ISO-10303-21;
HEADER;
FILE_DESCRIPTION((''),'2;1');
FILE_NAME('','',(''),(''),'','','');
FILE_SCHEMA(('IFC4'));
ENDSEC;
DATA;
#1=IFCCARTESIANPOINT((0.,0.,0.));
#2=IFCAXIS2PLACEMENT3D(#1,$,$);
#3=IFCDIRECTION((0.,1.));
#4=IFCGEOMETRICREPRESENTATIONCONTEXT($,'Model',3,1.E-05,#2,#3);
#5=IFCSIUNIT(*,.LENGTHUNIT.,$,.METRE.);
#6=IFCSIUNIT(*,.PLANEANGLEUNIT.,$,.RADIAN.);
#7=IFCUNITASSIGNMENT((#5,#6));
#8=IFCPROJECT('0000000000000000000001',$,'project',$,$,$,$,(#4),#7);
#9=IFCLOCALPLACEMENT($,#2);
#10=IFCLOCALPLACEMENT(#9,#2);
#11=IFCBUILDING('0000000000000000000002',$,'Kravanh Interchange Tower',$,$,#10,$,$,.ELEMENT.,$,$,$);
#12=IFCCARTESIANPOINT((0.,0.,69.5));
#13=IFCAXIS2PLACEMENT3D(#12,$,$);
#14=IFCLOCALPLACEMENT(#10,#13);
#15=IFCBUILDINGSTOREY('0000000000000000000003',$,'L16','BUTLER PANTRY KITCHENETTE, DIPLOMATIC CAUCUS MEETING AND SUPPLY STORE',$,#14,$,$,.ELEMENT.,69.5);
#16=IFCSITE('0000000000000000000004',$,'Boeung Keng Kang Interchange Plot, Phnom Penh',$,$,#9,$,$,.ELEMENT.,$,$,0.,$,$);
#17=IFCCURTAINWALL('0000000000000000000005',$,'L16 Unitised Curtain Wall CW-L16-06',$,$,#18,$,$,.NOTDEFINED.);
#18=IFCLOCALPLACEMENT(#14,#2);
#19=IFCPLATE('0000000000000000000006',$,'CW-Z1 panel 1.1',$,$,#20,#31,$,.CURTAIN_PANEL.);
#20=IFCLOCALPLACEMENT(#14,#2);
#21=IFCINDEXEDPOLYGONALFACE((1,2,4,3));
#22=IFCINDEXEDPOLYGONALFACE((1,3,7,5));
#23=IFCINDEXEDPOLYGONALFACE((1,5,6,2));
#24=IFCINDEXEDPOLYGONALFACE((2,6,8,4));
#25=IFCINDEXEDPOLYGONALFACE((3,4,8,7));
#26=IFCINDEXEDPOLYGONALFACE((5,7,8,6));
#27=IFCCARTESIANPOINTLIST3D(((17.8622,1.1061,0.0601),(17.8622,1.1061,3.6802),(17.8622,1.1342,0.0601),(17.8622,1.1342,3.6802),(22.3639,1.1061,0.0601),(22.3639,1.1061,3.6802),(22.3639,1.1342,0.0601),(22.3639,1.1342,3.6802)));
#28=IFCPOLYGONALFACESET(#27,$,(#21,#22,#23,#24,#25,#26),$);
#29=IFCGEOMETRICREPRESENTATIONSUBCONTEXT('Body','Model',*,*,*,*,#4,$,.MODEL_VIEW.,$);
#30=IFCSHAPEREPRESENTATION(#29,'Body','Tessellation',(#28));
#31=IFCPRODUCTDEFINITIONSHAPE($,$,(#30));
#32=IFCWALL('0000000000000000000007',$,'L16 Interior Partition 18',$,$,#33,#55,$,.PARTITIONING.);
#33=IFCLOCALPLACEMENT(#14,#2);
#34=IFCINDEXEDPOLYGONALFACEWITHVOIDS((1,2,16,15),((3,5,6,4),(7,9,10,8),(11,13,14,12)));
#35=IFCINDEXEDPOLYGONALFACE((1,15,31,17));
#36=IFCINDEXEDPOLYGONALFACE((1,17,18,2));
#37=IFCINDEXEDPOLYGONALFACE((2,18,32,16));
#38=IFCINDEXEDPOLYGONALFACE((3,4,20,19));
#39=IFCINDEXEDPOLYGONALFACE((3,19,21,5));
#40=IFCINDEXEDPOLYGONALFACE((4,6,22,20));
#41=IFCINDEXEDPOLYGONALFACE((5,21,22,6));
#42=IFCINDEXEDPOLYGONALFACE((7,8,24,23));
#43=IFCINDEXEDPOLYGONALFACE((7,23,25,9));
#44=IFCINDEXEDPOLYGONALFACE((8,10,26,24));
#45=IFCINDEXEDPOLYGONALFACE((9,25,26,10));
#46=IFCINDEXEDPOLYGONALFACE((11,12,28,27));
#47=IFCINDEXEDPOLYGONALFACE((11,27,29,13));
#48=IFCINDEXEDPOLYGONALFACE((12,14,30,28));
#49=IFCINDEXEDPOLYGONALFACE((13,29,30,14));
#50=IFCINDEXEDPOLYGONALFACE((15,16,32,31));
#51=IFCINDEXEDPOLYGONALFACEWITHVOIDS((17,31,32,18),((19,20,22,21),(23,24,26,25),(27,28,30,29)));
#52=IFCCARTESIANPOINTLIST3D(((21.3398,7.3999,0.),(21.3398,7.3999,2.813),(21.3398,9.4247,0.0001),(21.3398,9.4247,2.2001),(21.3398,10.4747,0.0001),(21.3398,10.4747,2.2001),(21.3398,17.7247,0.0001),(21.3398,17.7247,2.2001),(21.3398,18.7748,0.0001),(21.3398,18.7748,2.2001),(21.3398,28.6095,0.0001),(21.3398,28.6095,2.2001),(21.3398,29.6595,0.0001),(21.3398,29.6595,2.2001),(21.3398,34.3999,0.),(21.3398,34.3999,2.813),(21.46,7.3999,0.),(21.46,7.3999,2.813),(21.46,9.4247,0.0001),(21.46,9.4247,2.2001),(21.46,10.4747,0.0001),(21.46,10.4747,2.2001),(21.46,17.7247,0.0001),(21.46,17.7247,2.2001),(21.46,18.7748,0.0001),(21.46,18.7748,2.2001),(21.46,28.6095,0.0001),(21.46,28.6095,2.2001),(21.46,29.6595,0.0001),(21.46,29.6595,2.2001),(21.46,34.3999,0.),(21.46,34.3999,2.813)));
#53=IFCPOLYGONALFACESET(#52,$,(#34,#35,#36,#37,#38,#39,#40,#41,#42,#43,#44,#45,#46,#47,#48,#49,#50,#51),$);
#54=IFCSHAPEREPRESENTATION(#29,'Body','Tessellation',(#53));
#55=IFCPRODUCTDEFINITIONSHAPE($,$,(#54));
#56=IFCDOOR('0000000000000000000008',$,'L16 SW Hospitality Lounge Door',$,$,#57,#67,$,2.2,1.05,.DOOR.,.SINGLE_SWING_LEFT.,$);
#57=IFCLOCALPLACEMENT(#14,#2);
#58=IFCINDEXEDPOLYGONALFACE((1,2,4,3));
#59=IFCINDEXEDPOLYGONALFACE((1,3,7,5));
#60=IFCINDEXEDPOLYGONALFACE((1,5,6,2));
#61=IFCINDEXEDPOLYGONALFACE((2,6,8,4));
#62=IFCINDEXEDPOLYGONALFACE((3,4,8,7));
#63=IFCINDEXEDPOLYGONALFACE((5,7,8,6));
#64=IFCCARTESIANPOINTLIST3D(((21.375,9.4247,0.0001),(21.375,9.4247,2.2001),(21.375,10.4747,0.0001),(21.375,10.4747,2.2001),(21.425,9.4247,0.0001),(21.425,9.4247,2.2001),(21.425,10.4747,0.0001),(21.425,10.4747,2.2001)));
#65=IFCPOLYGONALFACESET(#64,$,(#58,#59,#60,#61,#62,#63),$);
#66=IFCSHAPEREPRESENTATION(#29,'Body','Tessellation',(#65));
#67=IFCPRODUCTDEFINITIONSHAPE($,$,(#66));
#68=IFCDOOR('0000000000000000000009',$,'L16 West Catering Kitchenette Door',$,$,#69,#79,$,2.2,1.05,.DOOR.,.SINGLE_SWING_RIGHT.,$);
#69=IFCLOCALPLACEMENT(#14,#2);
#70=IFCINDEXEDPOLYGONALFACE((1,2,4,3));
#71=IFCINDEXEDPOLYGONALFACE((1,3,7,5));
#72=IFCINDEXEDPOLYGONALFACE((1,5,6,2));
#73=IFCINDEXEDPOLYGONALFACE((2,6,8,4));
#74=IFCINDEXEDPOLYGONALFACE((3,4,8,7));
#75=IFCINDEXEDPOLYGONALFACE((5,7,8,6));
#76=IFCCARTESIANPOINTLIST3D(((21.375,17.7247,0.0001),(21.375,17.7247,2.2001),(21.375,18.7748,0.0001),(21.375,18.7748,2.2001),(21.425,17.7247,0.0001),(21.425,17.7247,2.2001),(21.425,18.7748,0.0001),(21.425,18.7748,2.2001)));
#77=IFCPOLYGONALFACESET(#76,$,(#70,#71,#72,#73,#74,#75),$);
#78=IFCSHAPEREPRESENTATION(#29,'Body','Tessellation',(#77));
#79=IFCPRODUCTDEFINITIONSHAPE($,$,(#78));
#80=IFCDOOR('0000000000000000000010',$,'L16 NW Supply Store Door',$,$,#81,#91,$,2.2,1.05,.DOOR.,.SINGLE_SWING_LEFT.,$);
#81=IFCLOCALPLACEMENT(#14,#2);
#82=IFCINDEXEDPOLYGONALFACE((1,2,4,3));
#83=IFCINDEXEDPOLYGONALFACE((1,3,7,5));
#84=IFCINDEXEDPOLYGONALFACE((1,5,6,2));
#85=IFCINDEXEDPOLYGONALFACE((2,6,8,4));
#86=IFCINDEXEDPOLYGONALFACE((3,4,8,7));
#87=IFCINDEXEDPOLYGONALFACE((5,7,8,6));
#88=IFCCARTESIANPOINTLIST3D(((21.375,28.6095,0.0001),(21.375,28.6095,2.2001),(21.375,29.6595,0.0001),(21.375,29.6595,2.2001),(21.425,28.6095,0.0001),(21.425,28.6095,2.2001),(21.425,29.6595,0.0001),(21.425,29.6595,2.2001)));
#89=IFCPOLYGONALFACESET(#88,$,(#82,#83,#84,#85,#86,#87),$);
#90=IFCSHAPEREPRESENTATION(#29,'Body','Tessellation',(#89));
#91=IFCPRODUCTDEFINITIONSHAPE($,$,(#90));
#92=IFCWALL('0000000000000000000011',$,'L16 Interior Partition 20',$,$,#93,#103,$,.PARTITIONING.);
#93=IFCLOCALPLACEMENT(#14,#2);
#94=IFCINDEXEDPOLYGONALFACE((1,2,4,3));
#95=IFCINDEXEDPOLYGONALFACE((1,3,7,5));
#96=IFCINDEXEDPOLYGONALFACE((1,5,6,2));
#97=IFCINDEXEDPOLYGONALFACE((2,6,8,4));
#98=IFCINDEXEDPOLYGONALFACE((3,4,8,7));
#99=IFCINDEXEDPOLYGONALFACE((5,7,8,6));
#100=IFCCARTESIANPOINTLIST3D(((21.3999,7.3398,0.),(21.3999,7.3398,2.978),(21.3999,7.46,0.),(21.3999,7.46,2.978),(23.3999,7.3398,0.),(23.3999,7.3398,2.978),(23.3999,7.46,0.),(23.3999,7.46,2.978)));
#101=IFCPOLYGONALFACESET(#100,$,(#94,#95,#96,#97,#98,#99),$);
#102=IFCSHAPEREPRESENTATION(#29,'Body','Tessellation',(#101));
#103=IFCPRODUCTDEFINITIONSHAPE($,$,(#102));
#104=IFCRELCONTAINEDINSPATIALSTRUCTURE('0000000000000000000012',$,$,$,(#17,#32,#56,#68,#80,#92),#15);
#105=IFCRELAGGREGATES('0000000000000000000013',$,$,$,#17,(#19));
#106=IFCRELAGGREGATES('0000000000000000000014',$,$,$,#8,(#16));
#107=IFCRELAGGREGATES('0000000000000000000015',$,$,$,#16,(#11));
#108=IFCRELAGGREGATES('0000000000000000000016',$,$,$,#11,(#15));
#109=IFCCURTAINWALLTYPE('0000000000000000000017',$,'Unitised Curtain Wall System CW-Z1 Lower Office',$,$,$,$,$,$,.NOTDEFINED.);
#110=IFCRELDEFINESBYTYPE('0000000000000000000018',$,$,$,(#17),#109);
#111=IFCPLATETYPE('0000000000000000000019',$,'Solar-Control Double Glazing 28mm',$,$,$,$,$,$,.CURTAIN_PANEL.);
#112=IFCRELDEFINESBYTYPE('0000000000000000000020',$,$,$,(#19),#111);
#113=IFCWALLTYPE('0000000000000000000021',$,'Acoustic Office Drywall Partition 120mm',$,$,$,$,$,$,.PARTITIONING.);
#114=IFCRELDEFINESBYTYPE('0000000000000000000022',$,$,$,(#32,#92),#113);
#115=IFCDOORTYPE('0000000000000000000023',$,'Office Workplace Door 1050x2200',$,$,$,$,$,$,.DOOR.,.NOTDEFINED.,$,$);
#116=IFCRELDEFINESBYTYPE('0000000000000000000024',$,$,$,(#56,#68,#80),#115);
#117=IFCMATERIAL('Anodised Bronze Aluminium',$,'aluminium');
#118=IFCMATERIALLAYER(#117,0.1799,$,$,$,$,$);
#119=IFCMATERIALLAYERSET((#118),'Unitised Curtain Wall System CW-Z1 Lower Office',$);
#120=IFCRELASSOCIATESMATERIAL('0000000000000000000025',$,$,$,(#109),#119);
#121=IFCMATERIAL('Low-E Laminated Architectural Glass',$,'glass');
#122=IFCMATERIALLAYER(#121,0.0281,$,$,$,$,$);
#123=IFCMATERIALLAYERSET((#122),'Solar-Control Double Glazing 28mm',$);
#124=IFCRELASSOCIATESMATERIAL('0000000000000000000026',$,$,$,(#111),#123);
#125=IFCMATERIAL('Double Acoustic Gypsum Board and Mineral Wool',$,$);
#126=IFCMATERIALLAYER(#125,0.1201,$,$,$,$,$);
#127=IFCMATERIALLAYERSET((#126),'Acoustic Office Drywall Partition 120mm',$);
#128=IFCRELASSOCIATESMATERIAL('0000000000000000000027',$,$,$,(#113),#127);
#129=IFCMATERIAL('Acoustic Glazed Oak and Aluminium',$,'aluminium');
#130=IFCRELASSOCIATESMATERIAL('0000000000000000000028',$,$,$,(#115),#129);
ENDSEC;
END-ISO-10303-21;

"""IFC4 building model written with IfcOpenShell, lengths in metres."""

from ifc_helpers import new_model, si_unit, direction, frame, frame_2d, origin, origin_2d, place, context, subcontext, project, spatial, rectangle, extrude, material, layer, layer_set, type_object, element, fill, aggregate, save


model = new_model("IFC4")

# Units and contexts
model_context = context("Model", 3, precision=1e-05, world=origin(), true_north=direction((0.0, 1.0)))
body_context = subcontext(model_context, "Body", "Model", "MODEL_VIEW")
ifc_project = project(units=[si_unit("LENGTHUNIT", "METRE"), si_unit("PLANEANGLEUNIT", "RADIAN")], contexts=[model_context])

# Site, building, storey
site_placement = place(None, origin())
site = spatial("IfcSite", under=ifc_project, at=site_placement, Name="Boeung Keng Kang Interchange Plot, Phnom Penh", CompositionType="ELEMENT", RefElevation=0.0)
building_placement = place(site_placement, origin())
building = spatial("IfcBuilding", under=site, at=building_placement, Name="Kravanh Interchange Tower", CompositionType="ELEMENT")
storey_placement = place(building_placement, frame((0.0, 0.0, 69.5)))
storey = spatial("IfcBuildingStorey", under=building, at=storey_placement, Name="L16", Description="BUTLER PANTRY KITCHENETTE, DIPLOMATIC CAUCUS MEETING AND SUPPLY STORE", CompositionType="ELEMENT", Elevation=69.5)

# Curtain wall
ifc_material_1 = material(Name="Anodised Bronze Aluminium", Category="aluminium")
ifc_layer_1 = layer(ifc_material_1, 0.1799)
ifc_layer_set_1 = layer_set([ifc_layer_1], Name="Unitised Curtain Wall System CW-Z1 Lower Office")
curtain_wall_type = type_object("IfcCurtainWallType", Name="Unitised Curtain Wall System CW-Z1 Lower Office", PredefinedType="NOTDEFINED", material=ifc_layer_set_1)
curtain_wall_placement = place(storey_placement, origin())
curtain_wall = element("IfcCurtainWall", 1, at=curtain_wall_placement, inside=storey, type_object=curtain_wall_type, Name="L16 Unitised Curtain Wall CW-L16-06", PredefinedType="NOTDEFINED")

# Plate
ifc_material_2 = material(Name="Low-E Laminated Architectural Glass", Category="glass")
ifc_layer_2 = layer(ifc_material_2, 0.0281)
ifc_layer_set_2 = layer_set([ifc_layer_2], Name="Solar-Control Double Glazing 28mm")
plate_type = type_object("IfcPlateType", Name="Solar-Control Double Glazing 28mm", PredefinedType="CURTAIN_PANEL", material=ifc_layer_set_2)
plate_placement = place(storey_placement, frame((20.113, 1.1201, 0.0601), z_axis=(0.0, 0.0, 1.0), x_axis=(-1.0, 0.0, 0.0)))
plate = element("IfcPlate", 2, at=plate_placement, type_object=plate_type, Name="CW-Z1 panel 1.1", PredefinedType="CURTAIN_PANEL", context=body_context, shape_type="SweptSolid", body=[
    extrude(rectangle(XDim=4.5017, YDim=0.0281, at=origin_2d()), origin(), (0.0, 0.0, 1.0), 3.6201),
])
aggregate(curtain_wall, [plate])

# Wall, openings, doors
ifc_material_3 = material(Name="Double Acoustic Gypsum Board and Mineral Wool")
ifc_layer_3 = layer(ifc_material_3, 0.1201)
ifc_layer_set_3 = layer_set([ifc_layer_3], Name="Acoustic Office Drywall Partition 120mm")
wall_type = type_object("IfcWallType", Name="Acoustic Office Drywall Partition 120mm", PredefinedType="PARTITIONING", material=ifc_layer_set_3)
wall_1_placement = place(storey_placement, frame((21.3999, 7.3999, 0.0), z_axis=(0.0, 0.0, 1.0), x_axis=(0.0, 1.0, 0.0)))
wall_1 = element("IfcWall", 3, at=wall_1_placement, inside=storey, type_object=wall_type, Name="L16 Interior Partition 18", PredefinedType="PARTITIONING", context=body_context, shape_type="SweptSolid", body=[
    extrude(rectangle(XDim=27.0, YDim=0.1201, at=frame_2d((13.5, 0.0))), origin(), (0.0, 0.0, 1.0), 2.813),
])
opening_1_placement = place(wall_1_placement, frame((2.0249, 0.0, 0.0)))
opening_1 = element("IfcOpeningElement", 4, at=opening_1_placement, cuts=wall_1, PredefinedType="OPENING", context=body_context, shape_type="SweptSolid", body=[
    extrude(rectangle(XDim=1.05, YDim=2.2, at=frame_2d((0.5249, 1.1001))), frame((0.0, 0.0701, 0.0), z_axis=(0.0, -1.0, 0.0), x_axis=(1.0, 0.0, 0.0)), (0.0, 0.0, 1.0), 0.1401),
])
opening_2_placement = place(wall_1_placement, frame((10.325, 0.0, 0.0)))
opening_2 = element("IfcOpeningElement", 5, at=opening_2_placement, cuts=wall_1, PredefinedType="OPENING", context=body_context, shape_type="SweptSolid", body=[
    extrude(rectangle(XDim=1.05, YDim=2.2, at=frame_2d((0.5249, 1.1001))), frame((0.0, 0.0701, 0.0), z_axis=(0.0, -1.0, 0.0), x_axis=(1.0, 0.0, 0.0)), (0.0, 0.0, 1.0), 0.1401),
])
opening_3_placement = place(wall_1_placement, frame((21.2097, 0.0, 0.0)))
opening_3 = element("IfcOpeningElement", 6, at=opening_3_placement, cuts=wall_1, PredefinedType="OPENING", context=body_context, shape_type="SweptSolid", body=[
    extrude(rectangle(XDim=1.05, YDim=2.2, at=frame_2d((0.5249, 1.1001))), frame((0.0, 0.0701, 0.0), z_axis=(0.0, -1.0, 0.0), x_axis=(1.0, 0.0, 0.0)), (0.0, 0.0, 1.0), 0.1401),
])
ifc_material_4 = material(Name="Acoustic Glazed Oak and Aluminium", Category="aluminium")
door_type = type_object("IfcDoorType", Name="Office Workplace Door 1050x2200", OperationType="NOTDEFINED", PredefinedType="DOOR", material=ifc_material_4)
door_1_placement = place(opening_1_placement, origin())
door_1 = element("IfcDoor", 7, at=door_1_placement, inside=storey, type_object=door_type, Name="L16 SW Hospitality Lounge Door", OperationType="SINGLE_SWING_LEFT", OverallHeight=2.2, OverallWidth=1.05, PredefinedType="DOOR", context=body_context, shape_type="SweptSolid", body=[
    extrude(rectangle(XDim=1.05, YDim=2.2, at=frame_2d((0.5249, 1.1001))), frame((0.0, 0.0249, 0.0), z_axis=(0.0, -1.0, 0.0), x_axis=(1.0, 0.0, 0.0)), (0.0, 0.0, 1.0), 0.05),
])
fill(opening_1, door_1)
door_2_placement = place(opening_2_placement, origin())
door_2 = element("IfcDoor", 8, at=door_2_placement, inside=storey, type_object=door_type, Name="L16 West Catering Kitchenette Door", OperationType="SINGLE_SWING_RIGHT", OverallHeight=2.2, OverallWidth=1.05, PredefinedType="DOOR", context=body_context, shape_type="SweptSolid", body=[
    extrude(rectangle(XDim=1.05, YDim=2.2, at=frame_2d((0.5249, 1.1001))), frame((0.0, 0.0249, 0.0), z_axis=(0.0, -1.0, 0.0), x_axis=(1.0, 0.0, 0.0)), (0.0, 0.0, 1.0), 0.05),
])
fill(opening_2, door_2)
door_3_placement = place(opening_3_placement, origin())
door_3 = element("IfcDoor", 9, at=door_3_placement, inside=storey, type_object=door_type, Name="L16 NW Supply Store Door", OperationType="SINGLE_SWING_LEFT", OverallHeight=2.2, OverallWidth=1.05, PredefinedType="DOOR", context=body_context, shape_type="SweptSolid", body=[
    extrude(rectangle(XDim=1.05, YDim=2.2, at=frame_2d((0.5249, 1.1001))), frame((0.0, 0.0249, 0.0), z_axis=(0.0, -1.0, 0.0), x_axis=(1.0, 0.0, 0.0)), (0.0, 0.0, 1.0), 0.05),
])
fill(opening_3, door_3)

# Wall
wall_2_placement = place(storey_placement, frame((21.3999, 7.3999, 0.0), z_axis=(0.0, 0.0, 1.0), x_axis=(1.0, 0.0, 0.0)))
element("IfcWall", 10, at=wall_2_placement, inside=storey, type_object=wall_type, Name="L16 Interior Partition 20", PredefinedType="PARTITIONING", context=body_context, shape_type="SweptSolid", body=[
    extrude(rectangle(XDim=2.0, YDim=0.1201, at=frame_2d((1.0, 0.0))), origin(), (0.0, 0.0, 1.0), 2.978),
])

save(model, "model.ifc")
